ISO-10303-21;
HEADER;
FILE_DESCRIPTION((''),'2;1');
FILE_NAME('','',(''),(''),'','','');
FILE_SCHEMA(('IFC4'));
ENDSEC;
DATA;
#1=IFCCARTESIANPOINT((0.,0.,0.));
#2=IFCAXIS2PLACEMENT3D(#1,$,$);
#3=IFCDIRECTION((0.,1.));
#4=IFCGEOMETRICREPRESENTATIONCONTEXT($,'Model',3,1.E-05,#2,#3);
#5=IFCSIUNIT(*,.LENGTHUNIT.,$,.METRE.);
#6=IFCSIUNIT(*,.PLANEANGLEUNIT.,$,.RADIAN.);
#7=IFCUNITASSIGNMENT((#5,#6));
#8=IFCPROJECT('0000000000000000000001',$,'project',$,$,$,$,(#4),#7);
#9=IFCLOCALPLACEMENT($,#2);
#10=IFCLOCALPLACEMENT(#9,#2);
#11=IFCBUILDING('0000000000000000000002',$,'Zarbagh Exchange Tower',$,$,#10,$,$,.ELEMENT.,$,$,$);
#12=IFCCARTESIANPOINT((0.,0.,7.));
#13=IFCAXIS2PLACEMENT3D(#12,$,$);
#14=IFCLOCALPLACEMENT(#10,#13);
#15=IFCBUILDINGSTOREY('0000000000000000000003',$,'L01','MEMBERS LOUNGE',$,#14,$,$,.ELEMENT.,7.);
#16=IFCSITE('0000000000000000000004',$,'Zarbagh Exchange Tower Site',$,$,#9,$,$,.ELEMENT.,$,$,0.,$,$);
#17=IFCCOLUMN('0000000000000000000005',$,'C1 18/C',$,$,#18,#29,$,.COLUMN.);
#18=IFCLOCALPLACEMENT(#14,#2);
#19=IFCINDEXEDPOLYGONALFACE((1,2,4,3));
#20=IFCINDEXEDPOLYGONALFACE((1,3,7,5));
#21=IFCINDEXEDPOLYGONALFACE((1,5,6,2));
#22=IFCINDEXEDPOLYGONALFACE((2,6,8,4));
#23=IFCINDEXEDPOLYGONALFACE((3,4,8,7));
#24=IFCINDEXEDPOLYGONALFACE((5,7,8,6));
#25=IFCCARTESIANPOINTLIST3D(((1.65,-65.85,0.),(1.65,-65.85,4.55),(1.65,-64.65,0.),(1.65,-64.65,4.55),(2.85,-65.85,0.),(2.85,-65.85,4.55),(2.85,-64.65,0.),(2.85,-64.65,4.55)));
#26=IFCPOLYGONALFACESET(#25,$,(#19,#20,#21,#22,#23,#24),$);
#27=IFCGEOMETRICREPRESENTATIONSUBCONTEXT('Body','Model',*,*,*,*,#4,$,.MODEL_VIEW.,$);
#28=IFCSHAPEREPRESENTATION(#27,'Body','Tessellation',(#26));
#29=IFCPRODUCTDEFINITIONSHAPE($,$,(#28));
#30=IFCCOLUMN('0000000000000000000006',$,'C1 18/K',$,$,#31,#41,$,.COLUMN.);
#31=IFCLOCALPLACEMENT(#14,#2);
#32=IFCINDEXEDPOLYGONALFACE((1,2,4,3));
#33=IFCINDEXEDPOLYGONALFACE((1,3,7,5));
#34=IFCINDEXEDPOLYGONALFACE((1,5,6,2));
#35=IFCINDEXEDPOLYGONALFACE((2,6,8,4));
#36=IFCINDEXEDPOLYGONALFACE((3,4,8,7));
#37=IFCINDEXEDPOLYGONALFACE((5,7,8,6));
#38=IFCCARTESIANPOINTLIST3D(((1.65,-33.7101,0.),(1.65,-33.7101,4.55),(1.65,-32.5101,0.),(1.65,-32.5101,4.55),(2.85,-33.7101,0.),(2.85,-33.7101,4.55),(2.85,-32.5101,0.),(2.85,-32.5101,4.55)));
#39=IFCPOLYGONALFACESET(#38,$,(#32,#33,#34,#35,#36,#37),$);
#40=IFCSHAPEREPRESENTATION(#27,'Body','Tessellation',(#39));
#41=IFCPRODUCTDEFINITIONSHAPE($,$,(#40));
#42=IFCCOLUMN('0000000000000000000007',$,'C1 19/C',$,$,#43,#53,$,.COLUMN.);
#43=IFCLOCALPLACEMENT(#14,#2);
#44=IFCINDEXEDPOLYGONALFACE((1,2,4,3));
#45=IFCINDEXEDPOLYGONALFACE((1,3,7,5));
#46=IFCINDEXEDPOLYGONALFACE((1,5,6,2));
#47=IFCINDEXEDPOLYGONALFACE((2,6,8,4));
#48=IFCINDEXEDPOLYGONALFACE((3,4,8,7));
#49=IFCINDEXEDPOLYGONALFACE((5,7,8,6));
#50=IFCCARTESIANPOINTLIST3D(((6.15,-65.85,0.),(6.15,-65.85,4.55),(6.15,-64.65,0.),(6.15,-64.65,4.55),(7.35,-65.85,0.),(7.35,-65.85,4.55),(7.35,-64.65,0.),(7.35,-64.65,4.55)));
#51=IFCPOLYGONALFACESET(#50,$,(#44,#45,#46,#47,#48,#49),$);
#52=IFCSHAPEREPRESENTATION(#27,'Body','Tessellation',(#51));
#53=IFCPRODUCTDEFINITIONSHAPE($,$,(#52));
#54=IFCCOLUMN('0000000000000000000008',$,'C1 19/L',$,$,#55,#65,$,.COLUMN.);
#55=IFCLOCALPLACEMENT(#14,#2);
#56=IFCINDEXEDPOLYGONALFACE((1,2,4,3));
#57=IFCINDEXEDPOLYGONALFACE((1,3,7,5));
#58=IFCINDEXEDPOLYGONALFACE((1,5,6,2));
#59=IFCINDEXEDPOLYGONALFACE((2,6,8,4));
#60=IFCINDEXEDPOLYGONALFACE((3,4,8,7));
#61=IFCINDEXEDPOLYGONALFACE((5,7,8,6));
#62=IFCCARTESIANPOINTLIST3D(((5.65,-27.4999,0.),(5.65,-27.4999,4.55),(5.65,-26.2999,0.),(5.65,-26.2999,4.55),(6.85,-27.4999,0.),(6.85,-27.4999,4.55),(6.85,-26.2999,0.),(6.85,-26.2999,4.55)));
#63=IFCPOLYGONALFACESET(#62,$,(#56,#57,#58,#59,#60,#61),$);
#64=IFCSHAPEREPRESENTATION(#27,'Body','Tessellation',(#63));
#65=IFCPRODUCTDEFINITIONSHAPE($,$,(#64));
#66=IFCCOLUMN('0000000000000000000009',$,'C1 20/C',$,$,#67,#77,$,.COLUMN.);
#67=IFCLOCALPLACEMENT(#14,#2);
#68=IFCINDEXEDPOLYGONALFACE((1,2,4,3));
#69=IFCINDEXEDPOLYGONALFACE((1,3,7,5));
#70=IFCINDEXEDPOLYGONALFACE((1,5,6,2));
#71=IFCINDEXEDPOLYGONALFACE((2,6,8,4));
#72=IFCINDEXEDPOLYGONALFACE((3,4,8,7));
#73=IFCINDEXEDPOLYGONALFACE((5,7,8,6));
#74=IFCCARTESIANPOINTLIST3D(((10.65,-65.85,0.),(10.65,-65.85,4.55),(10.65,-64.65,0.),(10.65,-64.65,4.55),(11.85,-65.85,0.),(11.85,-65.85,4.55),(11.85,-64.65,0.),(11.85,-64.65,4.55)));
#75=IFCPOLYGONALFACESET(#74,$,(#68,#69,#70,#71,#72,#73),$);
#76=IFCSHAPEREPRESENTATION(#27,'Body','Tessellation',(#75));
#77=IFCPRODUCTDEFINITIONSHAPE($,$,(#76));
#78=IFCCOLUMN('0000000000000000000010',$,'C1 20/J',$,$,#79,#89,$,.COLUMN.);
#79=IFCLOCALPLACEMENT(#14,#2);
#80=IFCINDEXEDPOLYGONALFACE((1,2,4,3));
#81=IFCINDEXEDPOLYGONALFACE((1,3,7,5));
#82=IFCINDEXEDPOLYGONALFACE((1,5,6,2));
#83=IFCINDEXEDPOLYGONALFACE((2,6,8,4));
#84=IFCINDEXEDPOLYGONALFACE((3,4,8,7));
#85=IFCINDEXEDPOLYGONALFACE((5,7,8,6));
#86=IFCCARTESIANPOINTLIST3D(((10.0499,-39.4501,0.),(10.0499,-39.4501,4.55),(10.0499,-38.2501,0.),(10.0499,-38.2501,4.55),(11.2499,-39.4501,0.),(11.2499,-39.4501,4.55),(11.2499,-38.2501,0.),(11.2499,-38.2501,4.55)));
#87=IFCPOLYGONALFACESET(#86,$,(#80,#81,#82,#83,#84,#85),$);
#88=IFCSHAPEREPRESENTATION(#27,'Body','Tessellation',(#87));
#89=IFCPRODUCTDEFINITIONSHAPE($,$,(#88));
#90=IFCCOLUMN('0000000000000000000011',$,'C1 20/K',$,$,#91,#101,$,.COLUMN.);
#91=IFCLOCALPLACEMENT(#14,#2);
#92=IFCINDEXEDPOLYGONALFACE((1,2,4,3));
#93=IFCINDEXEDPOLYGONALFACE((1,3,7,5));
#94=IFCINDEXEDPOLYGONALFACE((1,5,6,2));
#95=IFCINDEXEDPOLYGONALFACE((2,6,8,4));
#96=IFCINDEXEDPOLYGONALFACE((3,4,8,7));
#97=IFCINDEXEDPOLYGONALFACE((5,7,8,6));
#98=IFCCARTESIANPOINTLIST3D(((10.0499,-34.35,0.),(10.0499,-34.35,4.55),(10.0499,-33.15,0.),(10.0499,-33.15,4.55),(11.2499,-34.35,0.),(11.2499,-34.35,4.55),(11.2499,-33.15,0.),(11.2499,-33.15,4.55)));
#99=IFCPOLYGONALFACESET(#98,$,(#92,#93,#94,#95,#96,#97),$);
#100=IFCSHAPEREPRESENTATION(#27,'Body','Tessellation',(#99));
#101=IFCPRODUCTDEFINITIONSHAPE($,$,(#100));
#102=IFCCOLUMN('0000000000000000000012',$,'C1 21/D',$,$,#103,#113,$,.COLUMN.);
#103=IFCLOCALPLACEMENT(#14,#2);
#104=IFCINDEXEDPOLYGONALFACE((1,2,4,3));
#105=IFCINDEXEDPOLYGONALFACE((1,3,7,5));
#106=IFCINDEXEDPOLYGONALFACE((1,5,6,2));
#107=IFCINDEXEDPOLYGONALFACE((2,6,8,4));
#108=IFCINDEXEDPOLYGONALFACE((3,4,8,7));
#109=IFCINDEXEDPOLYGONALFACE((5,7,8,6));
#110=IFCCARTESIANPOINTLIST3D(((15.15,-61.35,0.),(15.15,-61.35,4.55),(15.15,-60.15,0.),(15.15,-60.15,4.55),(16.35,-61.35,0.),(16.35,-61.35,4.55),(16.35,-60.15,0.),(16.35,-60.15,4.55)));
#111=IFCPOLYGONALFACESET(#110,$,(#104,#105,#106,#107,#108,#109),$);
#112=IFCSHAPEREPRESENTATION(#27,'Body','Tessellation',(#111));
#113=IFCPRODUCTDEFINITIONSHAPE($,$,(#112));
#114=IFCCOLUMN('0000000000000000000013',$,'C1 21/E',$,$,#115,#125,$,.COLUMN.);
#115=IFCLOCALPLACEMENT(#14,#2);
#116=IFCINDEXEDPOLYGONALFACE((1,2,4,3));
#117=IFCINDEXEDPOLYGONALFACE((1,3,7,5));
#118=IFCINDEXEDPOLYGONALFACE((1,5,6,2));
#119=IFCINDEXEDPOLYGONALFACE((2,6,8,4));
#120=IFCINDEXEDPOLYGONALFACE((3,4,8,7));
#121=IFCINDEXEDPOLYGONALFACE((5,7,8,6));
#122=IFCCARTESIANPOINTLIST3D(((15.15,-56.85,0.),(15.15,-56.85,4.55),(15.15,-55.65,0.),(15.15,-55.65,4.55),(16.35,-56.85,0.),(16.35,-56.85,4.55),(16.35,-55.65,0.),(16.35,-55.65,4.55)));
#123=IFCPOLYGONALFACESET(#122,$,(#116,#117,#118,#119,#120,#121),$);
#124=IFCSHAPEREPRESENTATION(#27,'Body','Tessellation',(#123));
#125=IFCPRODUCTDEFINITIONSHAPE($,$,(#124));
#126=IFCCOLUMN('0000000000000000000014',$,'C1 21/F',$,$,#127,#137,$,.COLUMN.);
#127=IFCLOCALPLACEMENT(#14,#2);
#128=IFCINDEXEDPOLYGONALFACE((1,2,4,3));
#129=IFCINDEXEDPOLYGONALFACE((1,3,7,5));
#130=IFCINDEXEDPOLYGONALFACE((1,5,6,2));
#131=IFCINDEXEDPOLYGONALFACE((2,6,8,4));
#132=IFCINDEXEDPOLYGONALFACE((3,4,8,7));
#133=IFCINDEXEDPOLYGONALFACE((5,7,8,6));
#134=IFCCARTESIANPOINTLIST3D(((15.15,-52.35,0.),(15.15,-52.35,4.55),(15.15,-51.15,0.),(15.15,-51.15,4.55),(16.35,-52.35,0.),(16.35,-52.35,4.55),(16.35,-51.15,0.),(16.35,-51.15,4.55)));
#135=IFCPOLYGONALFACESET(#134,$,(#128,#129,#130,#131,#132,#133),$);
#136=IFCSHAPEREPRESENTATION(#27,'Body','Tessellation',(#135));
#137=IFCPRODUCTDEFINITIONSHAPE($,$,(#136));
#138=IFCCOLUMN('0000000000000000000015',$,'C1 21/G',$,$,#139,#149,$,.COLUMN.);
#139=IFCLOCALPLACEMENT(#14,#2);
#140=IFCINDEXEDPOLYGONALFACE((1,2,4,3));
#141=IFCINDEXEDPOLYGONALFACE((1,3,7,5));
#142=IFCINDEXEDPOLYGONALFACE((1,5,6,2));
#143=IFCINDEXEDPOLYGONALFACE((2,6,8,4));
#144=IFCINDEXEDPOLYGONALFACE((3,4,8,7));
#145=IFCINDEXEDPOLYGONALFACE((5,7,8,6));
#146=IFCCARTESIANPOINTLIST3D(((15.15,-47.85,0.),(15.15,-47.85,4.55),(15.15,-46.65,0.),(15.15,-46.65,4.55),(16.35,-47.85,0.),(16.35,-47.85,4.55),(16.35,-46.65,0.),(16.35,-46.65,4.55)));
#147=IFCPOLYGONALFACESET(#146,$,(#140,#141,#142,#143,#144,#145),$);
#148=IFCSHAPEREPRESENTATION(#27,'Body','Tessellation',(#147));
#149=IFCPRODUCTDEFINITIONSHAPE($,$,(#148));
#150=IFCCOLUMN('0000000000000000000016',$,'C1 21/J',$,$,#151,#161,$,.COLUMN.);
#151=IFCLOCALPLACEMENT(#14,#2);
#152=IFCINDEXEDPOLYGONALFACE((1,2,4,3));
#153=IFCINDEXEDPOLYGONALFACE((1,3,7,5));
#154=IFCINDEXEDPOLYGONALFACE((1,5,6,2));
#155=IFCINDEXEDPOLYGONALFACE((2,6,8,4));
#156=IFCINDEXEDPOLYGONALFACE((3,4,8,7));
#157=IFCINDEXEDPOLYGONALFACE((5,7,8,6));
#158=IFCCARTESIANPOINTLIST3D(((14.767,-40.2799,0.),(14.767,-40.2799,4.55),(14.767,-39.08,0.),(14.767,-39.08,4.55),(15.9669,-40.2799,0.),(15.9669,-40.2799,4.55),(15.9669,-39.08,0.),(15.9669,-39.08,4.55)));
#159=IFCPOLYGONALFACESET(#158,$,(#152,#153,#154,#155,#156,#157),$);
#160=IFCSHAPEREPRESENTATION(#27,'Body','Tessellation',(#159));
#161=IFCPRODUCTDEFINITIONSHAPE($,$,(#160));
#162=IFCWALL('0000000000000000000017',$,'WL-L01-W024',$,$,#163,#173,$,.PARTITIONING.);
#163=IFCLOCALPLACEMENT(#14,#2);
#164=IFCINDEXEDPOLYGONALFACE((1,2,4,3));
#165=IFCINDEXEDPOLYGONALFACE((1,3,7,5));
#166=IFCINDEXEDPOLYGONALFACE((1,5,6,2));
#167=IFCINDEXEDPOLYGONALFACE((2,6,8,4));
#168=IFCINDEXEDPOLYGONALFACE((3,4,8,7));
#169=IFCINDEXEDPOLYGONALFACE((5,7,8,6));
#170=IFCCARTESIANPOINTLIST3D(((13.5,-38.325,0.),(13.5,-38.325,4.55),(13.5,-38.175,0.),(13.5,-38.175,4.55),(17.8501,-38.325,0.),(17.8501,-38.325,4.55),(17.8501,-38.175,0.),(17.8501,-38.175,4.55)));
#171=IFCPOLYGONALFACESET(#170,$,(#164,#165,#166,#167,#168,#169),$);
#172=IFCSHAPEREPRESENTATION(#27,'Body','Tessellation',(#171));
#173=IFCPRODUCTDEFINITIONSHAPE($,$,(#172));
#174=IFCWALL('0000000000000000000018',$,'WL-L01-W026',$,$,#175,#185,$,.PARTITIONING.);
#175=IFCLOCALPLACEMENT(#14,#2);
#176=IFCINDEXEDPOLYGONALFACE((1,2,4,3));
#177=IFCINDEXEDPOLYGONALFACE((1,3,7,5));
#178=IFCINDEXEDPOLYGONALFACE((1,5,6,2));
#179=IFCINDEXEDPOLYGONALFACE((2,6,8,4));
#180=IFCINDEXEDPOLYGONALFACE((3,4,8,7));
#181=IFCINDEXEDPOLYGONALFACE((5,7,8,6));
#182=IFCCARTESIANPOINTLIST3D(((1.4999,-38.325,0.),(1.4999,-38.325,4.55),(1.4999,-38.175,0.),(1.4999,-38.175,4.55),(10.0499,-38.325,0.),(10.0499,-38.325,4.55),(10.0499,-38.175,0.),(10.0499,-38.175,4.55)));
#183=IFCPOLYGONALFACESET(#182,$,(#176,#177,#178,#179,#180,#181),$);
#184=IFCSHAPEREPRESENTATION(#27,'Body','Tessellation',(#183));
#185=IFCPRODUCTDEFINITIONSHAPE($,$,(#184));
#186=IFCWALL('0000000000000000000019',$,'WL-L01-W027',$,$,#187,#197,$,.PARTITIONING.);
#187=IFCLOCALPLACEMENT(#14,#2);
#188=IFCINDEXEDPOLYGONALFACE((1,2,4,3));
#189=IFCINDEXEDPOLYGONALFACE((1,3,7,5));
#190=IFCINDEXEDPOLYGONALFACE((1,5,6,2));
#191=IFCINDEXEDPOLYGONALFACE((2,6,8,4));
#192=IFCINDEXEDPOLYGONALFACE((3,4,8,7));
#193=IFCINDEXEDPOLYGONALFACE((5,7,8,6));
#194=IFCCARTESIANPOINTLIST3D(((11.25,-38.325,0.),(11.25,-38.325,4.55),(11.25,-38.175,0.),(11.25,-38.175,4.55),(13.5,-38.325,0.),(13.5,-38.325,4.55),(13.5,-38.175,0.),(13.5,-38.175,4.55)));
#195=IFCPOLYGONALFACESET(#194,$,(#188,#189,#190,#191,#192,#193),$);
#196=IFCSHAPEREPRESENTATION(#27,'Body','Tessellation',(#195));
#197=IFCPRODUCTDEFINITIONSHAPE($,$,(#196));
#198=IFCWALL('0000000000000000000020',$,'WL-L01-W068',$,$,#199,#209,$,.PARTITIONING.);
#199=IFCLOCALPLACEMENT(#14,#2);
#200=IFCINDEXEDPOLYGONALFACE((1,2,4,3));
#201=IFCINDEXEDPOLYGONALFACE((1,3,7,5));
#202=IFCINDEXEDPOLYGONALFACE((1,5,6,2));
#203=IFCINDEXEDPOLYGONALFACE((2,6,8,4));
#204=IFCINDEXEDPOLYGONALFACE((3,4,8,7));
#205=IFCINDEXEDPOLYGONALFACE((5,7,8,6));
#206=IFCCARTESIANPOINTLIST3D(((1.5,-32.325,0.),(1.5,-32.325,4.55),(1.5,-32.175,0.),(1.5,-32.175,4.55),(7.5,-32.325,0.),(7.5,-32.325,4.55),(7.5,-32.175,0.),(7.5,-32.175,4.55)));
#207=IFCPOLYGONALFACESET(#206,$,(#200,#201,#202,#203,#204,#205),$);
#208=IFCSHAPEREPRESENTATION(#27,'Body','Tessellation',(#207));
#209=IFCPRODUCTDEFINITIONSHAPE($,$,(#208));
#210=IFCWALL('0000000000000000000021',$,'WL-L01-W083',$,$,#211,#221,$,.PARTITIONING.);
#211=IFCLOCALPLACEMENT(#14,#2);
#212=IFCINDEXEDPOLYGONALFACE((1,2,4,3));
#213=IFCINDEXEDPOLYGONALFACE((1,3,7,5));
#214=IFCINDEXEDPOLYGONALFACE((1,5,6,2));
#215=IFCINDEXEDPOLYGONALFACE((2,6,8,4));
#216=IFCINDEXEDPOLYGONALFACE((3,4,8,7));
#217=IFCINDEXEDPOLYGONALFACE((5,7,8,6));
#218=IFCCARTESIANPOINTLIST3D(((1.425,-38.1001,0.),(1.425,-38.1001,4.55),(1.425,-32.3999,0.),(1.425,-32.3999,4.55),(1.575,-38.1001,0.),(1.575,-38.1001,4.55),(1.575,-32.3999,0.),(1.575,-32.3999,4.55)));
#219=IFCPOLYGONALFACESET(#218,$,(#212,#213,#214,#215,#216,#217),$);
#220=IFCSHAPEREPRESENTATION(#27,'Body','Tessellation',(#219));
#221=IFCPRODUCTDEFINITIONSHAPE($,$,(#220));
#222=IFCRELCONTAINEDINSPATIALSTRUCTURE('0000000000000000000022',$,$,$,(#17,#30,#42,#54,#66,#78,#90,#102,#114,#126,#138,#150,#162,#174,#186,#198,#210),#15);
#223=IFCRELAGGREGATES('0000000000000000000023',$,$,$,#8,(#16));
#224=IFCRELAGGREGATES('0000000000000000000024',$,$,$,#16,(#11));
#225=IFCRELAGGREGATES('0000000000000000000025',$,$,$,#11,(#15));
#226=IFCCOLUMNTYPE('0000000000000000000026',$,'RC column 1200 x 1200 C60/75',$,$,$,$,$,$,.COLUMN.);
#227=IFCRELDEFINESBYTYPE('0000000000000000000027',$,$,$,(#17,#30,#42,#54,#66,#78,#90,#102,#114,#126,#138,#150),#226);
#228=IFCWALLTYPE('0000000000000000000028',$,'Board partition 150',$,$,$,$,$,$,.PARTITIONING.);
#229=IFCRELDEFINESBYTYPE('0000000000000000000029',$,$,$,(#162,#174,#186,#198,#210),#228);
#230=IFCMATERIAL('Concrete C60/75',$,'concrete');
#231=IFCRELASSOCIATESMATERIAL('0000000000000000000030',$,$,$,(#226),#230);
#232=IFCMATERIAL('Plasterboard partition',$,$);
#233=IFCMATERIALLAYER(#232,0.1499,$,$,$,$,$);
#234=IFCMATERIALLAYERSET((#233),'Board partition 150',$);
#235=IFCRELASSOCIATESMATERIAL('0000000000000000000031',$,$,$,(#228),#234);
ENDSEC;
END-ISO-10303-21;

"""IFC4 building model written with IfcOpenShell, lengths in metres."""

from ifc_helpers import new_model, si_unit, direction, frame, frame_2d, origin, origin_2d, place, context, subcontext, project, spatial, rectangle, extrude, material, layer, layer_set, material_profile, profile_set, type_object, element, save


model = new_model("IFC4")

# Units and contexts
model_context = context("Model", 3, precision=1e-05, world=origin(), true_north=direction((0.0, 1.0)))
body_context = subcontext(model_context, "Body", "Model", "MODEL_VIEW")
ifc_project = project(units=[si_unit("LENGTHUNIT", "METRE"), si_unit("PLANEANGLEUNIT", "RADIAN")], contexts=[model_context])

# Site, building, storey
site_placement = place(None, origin())
site = spatial("IfcSite", under=ifc_project, at=site_placement, Name="Zarbagh Exchange Tower Site", CompositionType="ELEMENT", RefElevation=0.0)
building_placement = place(site_placement, origin())
building = spatial("IfcBuilding", under=site, at=building_placement, Name="Zarbagh Exchange Tower", CompositionType="ELEMENT")
storey_placement = place(building_placement, frame((0.0, 0.0, 7.0)))
storey = spatial("IfcBuildingStorey", under=building, at=storey_placement, Name="L01", Description="MEMBERS LOUNGE", CompositionType="ELEMENT", Elevation=7.0)

# Columns
ifc_material_1 = material(Name="Concrete C60/75", Category="concrete")
ifc_material_profile = material_profile(ifc_material_1, rectangle(XDim=1.2, YDim=1.2, at=origin_2d()), Name="RC column 1200 x 1200 C60/75")
ifc_profile_set = profile_set([ifc_material_profile], Name="Concrete C60/75")
column_type = type_object("IfcColumnType", Name="RC column 1200 x 1200 C60/75", PredefinedType="COLUMN", material=ifc_profile_set)
for number, where, z_axis, x_axis, name in (
    (1, (2.25, -65.25, 0.0), (0.0, 0.0, 1.0), (1.0, 0.0, 0.0), "C1 18/C"),
    (2, (2.25, -33.1101, 0.0), (0.0, 0.0, 1.0), (1.0, 0.0, 0.0), "C1 18/K"),
    (3, (6.75, -65.25, 0.0), (0.0, 0.0, 1.0), (1.0, 0.0, 0.0), "C1 19/C"),
    (4, (6.25, -26.8999, 0.0), (0.0, 0.0, 1.0), (1.0, 0.0, 0.0), "C1 19/L"),
    (5, (11.25, -65.25, 0.0), (0.0, 0.0, 1.0), (1.0, 0.0, 0.0), "C1 20/C"),
    (6, (10.6499, -38.8501, 0.0), (0.0, 0.0, 1.0), (1.0, 0.0, 0.0), "C1 20/J"),
    (7, (10.6499, -33.75, 0.0), (0.0, 0.0, 1.0), (1.0, 0.0, 0.0), "C1 20/K"),
    (8, (15.75, -60.75, 0.0), (0.0, 0.0, 1.0), (1.0, 0.0, 0.0), "C1 21/D"),
    (9, (15.75, -56.25, 0.0), (0.0, 0.0, 1.0), (1.0, 0.0, 0.0), "C1 21/E"),
    (10, (15.75, -51.75, 0.0), (0.0, 0.0, 1.0), (1.0, 0.0, 0.0), "C1 21/F"),
    (11, (15.75, -47.25, 0.0), (0.0, 0.0, 1.0), (1.0, 0.0, 0.0), "C1 21/G"),
    (12, (15.3669, -39.6799, 0.0), (0.0, 0.0, 1.0), (1.0, 0.0, 0.0), "C1 21/J"),
):
    element("IfcColumn", number, at=place(storey_placement, frame(where, z_axis=z_axis, x_axis=x_axis)), inside=storey, type_object=column_type, Name=name, PredefinedType="COLUMN", context=body_context, shape_type="SweptSolid", body=[
        extrude(rectangle(XDim=1.2, YDim=1.2, at=origin_2d()), origin(), (0.0, 0.0, 1.0), 4.55),
    ])

# Walls
ifc_material_2 = material(Name="Plasterboard partition")
ifc_layer_1 = layer(ifc_material_2, 0.1499)
ifc_layer_set_1 = layer_set([ifc_layer_1], Name="Board partition 150")
wall_type_1 = type_object("IfcWallType", Name="Board partition 150", PredefinedType="PARTITIONING", material=ifc_layer_set_1)
wall_1_placement = place(storey_placement, frame((13.5, -38.25, 0.0), z_axis=(0.0, 0.0, 1.0), x_axis=(1.0, 0.0, 0.0)))
element("IfcWall", 13, at=wall_1_placement, inside=storey, type_object=wall_type_1, Name="WL-L01-W024", PredefinedType="PARTITIONING", context=body_context, shape_type="SweptSolid", body=[
    extrude(rectangle(XDim=4.3501, YDim=0.1499, at=frame_2d((2.175, 0.0))), origin(), (0.0, 0.0, 1.0), 4.55),
])
wall_2_placement = place(storey_placement, frame((1.5, -38.25, 0.0), z_axis=(0.0, 0.0, 1.0), x_axis=(1.0, 0.0, 0.0)))
element("IfcWall", 14, at=wall_2_placement, inside=storey, type_object=wall_type_1, Name="WL-L01-W026", PredefinedType="PARTITIONING", context=body_context, shape_type="SweptSolid", body=[
    extrude(rectangle(XDim=8.55, YDim=0.1499, at=frame_2d((4.2749, 0.0))), origin(), (0.0, 0.0, 1.0), 4.55),
])
wall_3_placement = place(storey_placement, frame((11.25, -38.25, 0.0), z_axis=(0.0, 0.0, 1.0), x_axis=(1.0, 0.0, 0.0)))
element("IfcWall", 15, at=wall_3_placement, inside=storey, type_object=wall_type_1, Name="WL-L01-W027", PredefinedType="PARTITIONING", context=body_context, shape_type="SweptSolid", body=[
    extrude(rectangle(XDim=2.25, YDim=0.1499, at=frame_2d((1.125, 0.0))), origin(), (0.0, 0.0, 1.0), 4.55),
])
wall_4_placement = place(storey_placement, frame((7.5, -32.25, 0.0), z_axis=(0.0, 0.0, 1.0), x_axis=(-1.0, 0.0, 0.0)))
element("IfcWall", 16, at=wall_4_placement, inside=storey, type_object=wall_type_1, Name="WL-L01-W068", PredefinedType="PARTITIONING", context=body_context, shape_type="SweptSolid", body=[
    extrude(rectangle(XDim=6.0, YDim=0.1499, at=frame_2d((3.0, 0.0))), origin(), (0.0, 0.0, 1.0), 4.55),
])
wall_5_placement = place(storey_placement, frame((1.5, -32.3999, 0.0), z_axis=(0.0, 0.0, 1.0), x_axis=(0.0, -1.0, 0.0)))
element("IfcWall", 17, at=wall_5_placement, inside=storey, type_object=wall_type_1, Name="WL-L01-W083", PredefinedType="PARTITIONING", context=body_context, shape_type="SweptSolid", body=[
    extrude(rectangle(XDim=5.7002, YDim=0.1499, at=frame_2d((2.8501, 0.0))), origin(), (0.0, 0.0, 1.0), 4.55),
])

save(model, "model.ifc")
